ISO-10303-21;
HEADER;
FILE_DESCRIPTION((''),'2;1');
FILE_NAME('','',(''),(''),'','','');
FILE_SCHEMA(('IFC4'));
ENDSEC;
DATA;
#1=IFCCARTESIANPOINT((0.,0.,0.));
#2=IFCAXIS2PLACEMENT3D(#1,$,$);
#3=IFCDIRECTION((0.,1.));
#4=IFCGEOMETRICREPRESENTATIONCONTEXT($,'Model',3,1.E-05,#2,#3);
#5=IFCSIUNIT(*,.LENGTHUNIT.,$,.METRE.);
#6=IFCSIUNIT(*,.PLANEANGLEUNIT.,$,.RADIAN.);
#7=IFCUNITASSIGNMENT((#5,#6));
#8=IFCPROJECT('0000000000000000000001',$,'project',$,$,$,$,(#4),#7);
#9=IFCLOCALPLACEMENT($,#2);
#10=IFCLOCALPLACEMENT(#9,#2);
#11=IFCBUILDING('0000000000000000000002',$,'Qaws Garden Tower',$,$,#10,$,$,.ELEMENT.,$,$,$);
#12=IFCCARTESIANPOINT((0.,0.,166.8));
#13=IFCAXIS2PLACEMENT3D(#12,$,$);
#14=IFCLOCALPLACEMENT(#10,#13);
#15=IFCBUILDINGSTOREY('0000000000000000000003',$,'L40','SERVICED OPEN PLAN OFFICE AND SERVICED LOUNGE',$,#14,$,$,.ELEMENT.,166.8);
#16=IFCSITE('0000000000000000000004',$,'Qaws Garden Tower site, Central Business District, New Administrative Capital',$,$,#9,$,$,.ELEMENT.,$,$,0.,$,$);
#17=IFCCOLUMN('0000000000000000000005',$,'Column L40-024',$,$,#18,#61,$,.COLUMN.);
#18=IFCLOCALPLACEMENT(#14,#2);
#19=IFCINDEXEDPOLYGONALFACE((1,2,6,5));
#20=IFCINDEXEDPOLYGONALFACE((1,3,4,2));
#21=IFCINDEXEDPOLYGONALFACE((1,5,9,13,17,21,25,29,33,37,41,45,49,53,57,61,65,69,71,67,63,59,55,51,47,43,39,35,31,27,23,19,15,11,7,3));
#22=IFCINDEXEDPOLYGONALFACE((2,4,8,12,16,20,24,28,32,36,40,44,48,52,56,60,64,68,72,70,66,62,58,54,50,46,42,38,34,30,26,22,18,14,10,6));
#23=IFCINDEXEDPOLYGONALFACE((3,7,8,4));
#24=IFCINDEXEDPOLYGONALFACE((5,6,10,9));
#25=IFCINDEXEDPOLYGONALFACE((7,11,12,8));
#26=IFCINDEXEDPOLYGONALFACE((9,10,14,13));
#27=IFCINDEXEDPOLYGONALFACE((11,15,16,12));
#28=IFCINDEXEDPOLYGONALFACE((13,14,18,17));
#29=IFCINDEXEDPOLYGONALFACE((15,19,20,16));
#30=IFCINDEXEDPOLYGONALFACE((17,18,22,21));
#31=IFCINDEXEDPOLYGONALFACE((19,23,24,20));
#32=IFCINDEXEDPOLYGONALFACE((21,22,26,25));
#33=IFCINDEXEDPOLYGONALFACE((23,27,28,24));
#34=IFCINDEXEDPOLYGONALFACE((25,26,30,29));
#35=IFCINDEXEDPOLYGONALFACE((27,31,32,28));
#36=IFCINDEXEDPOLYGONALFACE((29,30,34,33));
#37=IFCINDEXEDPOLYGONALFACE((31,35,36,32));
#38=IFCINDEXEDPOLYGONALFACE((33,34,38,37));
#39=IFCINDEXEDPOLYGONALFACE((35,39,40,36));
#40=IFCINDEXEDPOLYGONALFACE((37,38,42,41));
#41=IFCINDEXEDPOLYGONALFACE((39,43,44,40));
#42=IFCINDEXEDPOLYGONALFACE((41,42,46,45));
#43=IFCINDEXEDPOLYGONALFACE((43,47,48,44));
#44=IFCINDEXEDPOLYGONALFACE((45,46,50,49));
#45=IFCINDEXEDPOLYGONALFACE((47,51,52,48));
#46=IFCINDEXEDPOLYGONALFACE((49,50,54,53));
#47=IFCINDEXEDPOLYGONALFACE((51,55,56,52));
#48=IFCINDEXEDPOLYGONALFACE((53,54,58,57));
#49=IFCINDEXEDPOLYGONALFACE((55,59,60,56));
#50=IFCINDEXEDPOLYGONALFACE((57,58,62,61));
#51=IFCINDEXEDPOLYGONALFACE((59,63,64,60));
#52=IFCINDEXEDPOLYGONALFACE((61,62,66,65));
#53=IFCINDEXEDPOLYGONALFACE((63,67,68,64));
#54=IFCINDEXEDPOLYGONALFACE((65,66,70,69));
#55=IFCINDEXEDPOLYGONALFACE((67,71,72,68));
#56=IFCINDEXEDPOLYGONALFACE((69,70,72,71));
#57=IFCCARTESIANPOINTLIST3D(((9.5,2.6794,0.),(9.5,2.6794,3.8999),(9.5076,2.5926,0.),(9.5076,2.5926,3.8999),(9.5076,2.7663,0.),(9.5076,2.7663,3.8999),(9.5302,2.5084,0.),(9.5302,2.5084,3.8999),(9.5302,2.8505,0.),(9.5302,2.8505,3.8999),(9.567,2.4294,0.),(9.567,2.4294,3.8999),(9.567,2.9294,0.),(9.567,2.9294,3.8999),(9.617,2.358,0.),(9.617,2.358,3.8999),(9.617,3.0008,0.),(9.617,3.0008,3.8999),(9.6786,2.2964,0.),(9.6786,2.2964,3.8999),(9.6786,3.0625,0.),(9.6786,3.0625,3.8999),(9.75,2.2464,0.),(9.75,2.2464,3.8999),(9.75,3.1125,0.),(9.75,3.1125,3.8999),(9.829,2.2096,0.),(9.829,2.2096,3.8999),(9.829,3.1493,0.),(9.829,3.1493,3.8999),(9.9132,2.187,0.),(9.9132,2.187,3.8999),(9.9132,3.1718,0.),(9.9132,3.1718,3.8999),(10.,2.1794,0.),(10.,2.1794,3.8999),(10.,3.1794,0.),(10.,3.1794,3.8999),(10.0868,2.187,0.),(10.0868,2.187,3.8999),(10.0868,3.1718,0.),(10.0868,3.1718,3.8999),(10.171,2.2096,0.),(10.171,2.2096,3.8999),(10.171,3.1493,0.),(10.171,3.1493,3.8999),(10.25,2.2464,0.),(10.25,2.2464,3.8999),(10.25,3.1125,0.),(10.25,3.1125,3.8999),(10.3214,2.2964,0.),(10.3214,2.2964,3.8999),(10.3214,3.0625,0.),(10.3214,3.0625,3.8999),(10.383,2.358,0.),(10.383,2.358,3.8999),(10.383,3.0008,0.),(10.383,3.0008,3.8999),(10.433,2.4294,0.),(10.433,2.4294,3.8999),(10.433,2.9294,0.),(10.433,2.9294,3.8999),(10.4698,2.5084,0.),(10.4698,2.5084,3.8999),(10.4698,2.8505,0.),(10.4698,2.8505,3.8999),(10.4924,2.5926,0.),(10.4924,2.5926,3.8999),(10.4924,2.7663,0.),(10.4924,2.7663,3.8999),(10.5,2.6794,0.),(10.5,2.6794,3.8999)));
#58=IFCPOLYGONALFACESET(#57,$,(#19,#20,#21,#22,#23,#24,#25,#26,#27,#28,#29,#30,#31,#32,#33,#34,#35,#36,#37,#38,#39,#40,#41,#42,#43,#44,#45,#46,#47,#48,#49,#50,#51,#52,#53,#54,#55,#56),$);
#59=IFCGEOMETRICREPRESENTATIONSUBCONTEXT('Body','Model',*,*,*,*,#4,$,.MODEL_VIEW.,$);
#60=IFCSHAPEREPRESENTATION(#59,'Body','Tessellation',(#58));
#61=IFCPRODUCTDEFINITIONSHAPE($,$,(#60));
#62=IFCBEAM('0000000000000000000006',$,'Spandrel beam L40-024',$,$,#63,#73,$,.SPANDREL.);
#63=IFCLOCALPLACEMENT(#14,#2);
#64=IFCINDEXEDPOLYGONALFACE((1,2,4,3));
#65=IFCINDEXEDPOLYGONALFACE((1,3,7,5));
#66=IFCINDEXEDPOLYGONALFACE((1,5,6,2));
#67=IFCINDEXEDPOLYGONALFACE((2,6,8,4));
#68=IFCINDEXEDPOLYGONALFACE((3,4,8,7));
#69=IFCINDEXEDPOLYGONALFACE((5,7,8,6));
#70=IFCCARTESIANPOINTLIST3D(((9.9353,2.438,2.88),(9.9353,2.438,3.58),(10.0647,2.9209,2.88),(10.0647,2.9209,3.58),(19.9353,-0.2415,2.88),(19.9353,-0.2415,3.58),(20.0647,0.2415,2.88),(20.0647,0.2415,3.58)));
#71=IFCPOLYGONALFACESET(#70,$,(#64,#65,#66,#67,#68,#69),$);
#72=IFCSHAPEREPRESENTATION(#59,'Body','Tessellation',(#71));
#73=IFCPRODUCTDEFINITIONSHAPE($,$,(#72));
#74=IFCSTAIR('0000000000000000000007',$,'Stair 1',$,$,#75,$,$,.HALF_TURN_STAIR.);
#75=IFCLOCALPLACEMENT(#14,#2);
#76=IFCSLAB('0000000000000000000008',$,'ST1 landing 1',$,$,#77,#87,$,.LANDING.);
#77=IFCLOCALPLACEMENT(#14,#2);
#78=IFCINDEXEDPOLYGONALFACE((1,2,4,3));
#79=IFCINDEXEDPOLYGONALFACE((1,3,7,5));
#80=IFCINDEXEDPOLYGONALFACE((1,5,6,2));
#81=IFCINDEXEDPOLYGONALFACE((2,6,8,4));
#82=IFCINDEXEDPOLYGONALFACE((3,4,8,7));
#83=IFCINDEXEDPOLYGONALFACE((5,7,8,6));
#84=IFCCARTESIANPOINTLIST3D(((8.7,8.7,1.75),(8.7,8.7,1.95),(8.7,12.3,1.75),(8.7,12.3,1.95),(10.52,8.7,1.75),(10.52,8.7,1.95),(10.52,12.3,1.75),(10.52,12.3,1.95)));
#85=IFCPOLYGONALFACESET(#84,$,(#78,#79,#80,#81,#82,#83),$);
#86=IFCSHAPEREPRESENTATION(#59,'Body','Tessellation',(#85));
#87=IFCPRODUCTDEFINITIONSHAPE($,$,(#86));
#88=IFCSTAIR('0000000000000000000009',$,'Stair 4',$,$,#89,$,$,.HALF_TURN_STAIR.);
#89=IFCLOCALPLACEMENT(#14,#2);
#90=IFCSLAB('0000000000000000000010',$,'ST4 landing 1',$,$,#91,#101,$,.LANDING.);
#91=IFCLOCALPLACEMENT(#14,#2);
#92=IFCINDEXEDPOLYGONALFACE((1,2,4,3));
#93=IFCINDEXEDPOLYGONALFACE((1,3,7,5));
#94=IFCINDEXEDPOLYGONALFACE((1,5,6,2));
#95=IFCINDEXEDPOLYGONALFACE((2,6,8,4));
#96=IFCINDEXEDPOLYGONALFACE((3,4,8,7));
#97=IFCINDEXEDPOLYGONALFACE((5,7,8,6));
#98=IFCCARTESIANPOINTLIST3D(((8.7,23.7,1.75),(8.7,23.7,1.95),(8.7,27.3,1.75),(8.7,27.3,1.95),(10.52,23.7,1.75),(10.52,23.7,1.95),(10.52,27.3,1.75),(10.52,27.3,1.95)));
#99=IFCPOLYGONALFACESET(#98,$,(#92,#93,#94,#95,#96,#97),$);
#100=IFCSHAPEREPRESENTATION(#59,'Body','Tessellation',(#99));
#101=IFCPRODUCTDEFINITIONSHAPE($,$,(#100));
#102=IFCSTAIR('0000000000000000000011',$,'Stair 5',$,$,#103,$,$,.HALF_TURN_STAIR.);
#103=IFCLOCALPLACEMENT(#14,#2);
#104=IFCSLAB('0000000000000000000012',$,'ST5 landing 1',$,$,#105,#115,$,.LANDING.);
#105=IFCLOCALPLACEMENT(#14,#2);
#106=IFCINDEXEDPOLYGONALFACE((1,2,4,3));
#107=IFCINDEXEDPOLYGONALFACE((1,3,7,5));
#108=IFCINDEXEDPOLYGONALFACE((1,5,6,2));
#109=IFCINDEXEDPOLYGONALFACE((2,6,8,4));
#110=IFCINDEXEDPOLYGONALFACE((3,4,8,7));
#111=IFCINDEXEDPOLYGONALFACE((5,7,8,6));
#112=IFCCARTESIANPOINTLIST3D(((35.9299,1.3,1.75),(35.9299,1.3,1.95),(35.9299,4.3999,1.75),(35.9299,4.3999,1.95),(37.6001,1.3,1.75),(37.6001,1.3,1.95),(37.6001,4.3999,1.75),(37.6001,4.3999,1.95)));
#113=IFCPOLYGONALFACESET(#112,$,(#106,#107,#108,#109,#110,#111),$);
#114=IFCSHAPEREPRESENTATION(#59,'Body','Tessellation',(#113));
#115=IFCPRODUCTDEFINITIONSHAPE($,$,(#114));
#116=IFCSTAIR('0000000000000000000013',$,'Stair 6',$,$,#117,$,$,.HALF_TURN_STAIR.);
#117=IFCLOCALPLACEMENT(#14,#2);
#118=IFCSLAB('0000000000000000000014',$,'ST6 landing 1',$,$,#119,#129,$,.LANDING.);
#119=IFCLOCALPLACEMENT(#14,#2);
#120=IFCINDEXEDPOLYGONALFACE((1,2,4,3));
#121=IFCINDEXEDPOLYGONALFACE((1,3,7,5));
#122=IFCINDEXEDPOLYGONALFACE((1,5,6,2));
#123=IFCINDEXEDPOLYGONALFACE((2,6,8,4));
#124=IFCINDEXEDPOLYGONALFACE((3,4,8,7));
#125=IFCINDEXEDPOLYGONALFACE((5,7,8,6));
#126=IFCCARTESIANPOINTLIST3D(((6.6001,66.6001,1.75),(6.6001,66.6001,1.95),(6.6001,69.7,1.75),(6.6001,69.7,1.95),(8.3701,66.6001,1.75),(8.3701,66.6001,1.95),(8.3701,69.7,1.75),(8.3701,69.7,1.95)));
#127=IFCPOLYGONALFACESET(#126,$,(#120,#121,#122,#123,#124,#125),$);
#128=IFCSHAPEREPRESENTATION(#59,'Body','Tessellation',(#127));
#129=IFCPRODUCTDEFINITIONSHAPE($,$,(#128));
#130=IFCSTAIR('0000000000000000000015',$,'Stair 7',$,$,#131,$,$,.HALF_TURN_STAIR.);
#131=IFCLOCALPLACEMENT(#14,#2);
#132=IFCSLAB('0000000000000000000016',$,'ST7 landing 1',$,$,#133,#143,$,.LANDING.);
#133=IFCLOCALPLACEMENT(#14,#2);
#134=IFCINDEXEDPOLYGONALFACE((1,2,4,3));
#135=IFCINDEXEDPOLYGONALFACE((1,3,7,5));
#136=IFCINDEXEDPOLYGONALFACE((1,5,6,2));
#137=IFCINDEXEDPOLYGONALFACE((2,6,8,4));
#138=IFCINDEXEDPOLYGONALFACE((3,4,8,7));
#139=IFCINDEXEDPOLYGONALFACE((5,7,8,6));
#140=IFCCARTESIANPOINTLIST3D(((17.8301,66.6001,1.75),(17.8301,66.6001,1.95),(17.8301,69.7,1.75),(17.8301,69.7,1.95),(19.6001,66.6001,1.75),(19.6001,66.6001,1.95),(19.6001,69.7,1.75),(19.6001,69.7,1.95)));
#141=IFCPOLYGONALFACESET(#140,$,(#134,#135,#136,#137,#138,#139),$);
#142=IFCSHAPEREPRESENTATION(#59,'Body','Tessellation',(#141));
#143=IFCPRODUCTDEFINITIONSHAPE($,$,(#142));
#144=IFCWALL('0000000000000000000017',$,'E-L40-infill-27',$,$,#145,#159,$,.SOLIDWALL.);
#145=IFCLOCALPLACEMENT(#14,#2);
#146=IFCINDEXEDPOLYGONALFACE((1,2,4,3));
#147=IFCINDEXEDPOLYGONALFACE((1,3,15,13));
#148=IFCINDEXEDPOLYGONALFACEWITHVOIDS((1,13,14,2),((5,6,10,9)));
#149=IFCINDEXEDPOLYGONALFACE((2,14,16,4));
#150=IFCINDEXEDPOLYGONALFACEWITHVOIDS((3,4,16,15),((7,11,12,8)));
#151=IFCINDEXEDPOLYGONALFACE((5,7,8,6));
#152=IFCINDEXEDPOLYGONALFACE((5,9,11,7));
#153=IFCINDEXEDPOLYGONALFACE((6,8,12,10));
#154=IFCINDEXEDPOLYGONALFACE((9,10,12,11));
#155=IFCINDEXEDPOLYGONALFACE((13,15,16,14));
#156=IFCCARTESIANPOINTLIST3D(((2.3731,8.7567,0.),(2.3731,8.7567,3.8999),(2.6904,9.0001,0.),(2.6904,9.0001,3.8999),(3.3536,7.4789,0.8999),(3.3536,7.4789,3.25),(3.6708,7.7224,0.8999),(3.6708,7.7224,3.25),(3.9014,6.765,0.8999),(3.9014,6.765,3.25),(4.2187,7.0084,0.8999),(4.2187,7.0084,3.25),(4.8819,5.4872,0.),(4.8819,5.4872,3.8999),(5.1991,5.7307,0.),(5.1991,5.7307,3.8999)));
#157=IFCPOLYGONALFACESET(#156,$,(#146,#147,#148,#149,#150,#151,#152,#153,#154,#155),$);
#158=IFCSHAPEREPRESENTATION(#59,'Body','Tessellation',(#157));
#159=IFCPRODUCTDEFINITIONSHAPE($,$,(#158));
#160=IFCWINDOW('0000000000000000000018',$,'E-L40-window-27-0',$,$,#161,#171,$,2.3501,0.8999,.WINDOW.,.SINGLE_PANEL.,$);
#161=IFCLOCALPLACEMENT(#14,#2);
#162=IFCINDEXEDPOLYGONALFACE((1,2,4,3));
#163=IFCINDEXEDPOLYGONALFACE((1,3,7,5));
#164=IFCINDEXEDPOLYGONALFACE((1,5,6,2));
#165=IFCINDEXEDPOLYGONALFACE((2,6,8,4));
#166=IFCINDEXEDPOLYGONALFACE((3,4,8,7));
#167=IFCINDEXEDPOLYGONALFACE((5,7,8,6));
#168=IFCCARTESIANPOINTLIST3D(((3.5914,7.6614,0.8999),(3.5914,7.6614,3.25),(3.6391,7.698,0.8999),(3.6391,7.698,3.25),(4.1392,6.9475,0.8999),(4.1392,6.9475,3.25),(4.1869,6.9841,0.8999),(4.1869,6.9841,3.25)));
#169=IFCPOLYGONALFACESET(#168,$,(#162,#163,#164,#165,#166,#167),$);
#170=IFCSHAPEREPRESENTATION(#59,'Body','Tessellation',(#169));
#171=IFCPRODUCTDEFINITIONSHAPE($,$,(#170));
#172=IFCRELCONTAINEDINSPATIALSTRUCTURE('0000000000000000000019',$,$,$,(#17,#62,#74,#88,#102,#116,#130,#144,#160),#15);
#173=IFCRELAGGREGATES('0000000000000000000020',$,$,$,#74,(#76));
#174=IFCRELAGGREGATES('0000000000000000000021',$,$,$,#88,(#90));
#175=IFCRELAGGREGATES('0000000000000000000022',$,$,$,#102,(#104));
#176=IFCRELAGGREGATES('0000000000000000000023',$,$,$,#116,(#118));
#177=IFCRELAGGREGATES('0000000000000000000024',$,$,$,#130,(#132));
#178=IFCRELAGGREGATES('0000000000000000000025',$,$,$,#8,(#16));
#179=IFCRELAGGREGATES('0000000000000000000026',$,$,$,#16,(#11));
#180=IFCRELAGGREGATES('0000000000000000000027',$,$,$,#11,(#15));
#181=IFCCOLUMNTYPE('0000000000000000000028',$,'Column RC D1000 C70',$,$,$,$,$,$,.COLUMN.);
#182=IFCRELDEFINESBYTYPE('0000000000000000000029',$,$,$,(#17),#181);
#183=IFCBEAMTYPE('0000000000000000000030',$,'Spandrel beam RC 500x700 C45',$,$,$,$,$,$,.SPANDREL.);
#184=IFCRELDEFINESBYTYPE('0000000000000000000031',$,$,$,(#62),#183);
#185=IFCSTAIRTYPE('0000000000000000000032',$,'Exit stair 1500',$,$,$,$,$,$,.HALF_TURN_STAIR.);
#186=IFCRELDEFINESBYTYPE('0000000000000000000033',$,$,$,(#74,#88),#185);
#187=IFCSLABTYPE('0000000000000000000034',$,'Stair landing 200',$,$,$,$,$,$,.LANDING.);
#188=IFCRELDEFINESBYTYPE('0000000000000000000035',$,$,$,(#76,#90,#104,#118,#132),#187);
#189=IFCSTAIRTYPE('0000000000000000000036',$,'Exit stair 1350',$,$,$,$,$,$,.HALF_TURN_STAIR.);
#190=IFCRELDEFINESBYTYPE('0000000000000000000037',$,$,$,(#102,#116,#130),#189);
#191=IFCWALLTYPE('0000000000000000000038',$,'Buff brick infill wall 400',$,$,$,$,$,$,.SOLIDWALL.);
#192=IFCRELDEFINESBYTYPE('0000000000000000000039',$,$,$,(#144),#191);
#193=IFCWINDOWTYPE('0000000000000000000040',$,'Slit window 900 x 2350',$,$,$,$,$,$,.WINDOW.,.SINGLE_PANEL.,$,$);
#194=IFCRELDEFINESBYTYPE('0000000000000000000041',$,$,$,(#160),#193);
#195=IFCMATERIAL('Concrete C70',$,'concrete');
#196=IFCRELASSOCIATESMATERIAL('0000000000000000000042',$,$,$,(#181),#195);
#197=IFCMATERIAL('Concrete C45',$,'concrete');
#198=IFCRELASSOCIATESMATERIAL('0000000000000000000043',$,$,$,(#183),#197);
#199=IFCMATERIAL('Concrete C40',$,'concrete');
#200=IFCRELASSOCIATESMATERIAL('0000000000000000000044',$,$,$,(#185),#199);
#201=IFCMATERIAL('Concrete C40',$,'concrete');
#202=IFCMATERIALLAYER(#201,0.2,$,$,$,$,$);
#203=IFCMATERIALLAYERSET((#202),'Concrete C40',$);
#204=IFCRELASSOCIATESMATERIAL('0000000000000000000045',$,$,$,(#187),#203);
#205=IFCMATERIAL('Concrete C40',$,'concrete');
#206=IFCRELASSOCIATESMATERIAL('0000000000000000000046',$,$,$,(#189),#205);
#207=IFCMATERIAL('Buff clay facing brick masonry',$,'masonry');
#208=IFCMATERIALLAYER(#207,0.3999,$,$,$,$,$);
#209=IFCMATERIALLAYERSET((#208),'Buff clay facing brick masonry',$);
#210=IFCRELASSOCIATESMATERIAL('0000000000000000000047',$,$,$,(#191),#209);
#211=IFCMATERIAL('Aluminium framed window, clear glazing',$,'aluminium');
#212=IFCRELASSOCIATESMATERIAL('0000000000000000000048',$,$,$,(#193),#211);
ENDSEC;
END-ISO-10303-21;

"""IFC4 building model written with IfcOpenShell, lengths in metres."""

from ifc_helpers import new_model, si_unit, direction, frame, frame_2d, origin, origin_2d, place, context, subcontext, project, spatial, polyline, rectangle, circle, outline, extrude, material, layer, layer_set, material_profile, profile_set, type_object, element, fill, aggregate, save


model = new_model("IFC4")

# Units and contexts
model_context = context("Model", 3, precision=1e-05, world=origin(), true_north=direction((0.0, 1.0)))
body_context = subcontext(model_context, "Body", "Model", "MODEL_VIEW")
ifc_project = project(units=[si_unit("LENGTHUNIT", "METRE"), si_unit("PLANEANGLEUNIT", "RADIAN")], contexts=[model_context])

# Site, building, storey
site_placement = place(None, origin())
site = spatial("IfcSite", under=ifc_project, at=site_placement, Name="Qaws Garden Tower site, Central Business District, New Administrative Capital", CompositionType="ELEMENT", RefElevation=0.0)
building_placement = place(site_placement, origin())
building = spatial("IfcBuilding", under=site, at=building_placement, Name="Qaws Garden Tower", CompositionType="ELEMENT")
storey_placement = place(building_placement, frame((0.0, 0.0, 166.8)))
storey = spatial("IfcBuildingStorey", under=building, at=storey_placement, Name="L40", Description="SERVICED OPEN PLAN OFFICE AND SERVICED LOUNGE", CompositionType="ELEMENT", Elevation=166.8)

# Column
ifc_material_1 = material(Name="Concrete C70", Category="concrete")
ifc_material_profile_1 = material_profile(ifc_material_1, circle(Radius=0.5, at=origin_2d()), Name="RC D1000")
ifc_profile_set_1 = profile_set([ifc_material_profile_1], Name="Concrete C70")
column_type = type_object("IfcColumnType", Name="Column RC D1000 C70", PredefinedType="COLUMN", material=ifc_profile_set_1)
column_placement = place(storey_placement, frame((10.0, 2.6794, 0.0), z_axis=(0.0, 0.0, 1.0), x_axis=(1.0, 0.0, 0.0)))
element("IfcColumn", 1, at=column_placement, inside=storey, type_object=column_type, Name="Column L40-024", PredefinedType="COLUMN", context=body_context, shape_type="SweptSolid", body=[
    extrude(circle(Radius=0.5, at=origin_2d()), origin(), (0.0, 0.0, 1.0), 3.8999),
])

# Beam
ifc_material_2 = material(Name="Concrete C45", Category="concrete")
ifc_material_profile_2 = material_profile(ifc_material_2, rectangle(XDim=0.5, YDim=0.7, at=origin_2d()), Name="RC 500x700")
ifc_profile_set_2 = profile_set([ifc_material_profile_2], Name="Concrete C45")
beam_type = type_object("IfcBeamType", Name="Spandrel beam RC 500x700 C45", PredefinedType="SPANDREL", material=ifc_profile_set_2)
beam_placement = place(storey_placement, frame((10.0, 2.6794, 3.23), z_axis=(0.965927, -0.258815, 0.0), x_axis=(0.258815, 0.965927, 0.0)))
element("IfcBeam", 2, at=beam_placement, inside=storey, type_object=beam_type, Name="Spandrel beam L40-024", PredefinedType="SPANDREL", context=body_context, shape_type="SweptSolid", body=[
    extrude(rectangle(XDim=0.5, YDim=0.7, at=origin_2d()), origin(), (0.0, 0.0, 1.0), 10.3528),
])

# Stairs, slabs
ifc_material_3 = material(Name="Concrete C40", Category="concrete")
stair_type_1 = type_object("IfcStairType", Name="Exit stair 1500", PredefinedType="HALF_TURN_STAIR", material=ifc_material_3)
placement_1 = place(storey_placement, origin())
stair_1 = element("IfcStair", 3, at=placement_1, inside=storey, type_object=stair_type_1, Name="Stair 1", PredefinedType="HALF_TURN_STAIR")
ifc_material_4 = material(Name="Concrete C40", Category="concrete")
ifc_layer_1 = layer(ifc_material_4, 0.2)
ifc_layer_set_1 = layer_set([ifc_layer_1], Name="Concrete C40")
slab_type = type_object("IfcSlabType", Name="Stair landing 200", PredefinedType="LANDING", material=ifc_layer_set_1)
placement_2 = place(storey_placement, frame((0.0, 0.0, 1.75)))
slab_1 = element("IfcSlab", 4, at=placement_2, type_object=slab_type, Name="ST1 landing 1", PredefinedType="LANDING", context=body_context, shape_type="SweptSolid", body=[
    extrude(outline(polyline([(8.7, 8.7), (10.52, 8.7), (10.52, 12.3), (8.7, 12.3), (8.7, 8.7)])), origin(), (0.0, 0.0, 1.0), 0.2),
])
aggregate(stair_1, [slab_1])
stair_2 = element("IfcStair", 5, at=placement_1, inside=storey, type_object=stair_type_1, Name="Stair 4", PredefinedType="HALF_TURN_STAIR")
slab_2 = element("IfcSlab", 6, at=placement_2, type_object=slab_type, Name="ST4 landing 1", PredefinedType="LANDING", context=body_context, shape_type="SweptSolid", body=[
    extrude(outline(polyline([(8.7, 23.7), (10.52, 23.7), (10.52, 27.3), (8.7, 27.3), (8.7, 23.7)])), origin(), (0.0, 0.0, 1.0), 0.2),
])
aggregate(stair_2, [slab_2])
ifc_material_5 = material(Name="Concrete C40", Category="concrete")
stair_type_2 = type_object("IfcStairType", Name="Exit stair 1350", PredefinedType="HALF_TURN_STAIR", material=ifc_material_5)
stair_3 = element("IfcStair", 7, at=placement_1, inside=storey, type_object=stair_type_2, Name="Stair 5", PredefinedType="HALF_TURN_STAIR")
slab_3 = element("IfcSlab", 8, at=placement_2, type_object=slab_type, Name="ST5 landing 1", PredefinedType="LANDING", context=body_context, shape_type="SweptSolid", body=[
    extrude(outline(polyline([(35.9299, 1.3), (37.6001, 1.3), (37.6001, 4.3999), (35.9299, 4.3999), (35.9299, 1.3)])), origin(), (0.0, 0.0, 1.0), 0.2),
])
aggregate(stair_3, [slab_3])
stair_4 = element("IfcStair", 9, at=placement_1, inside=storey, type_object=stair_type_2, Name="Stair 6", PredefinedType="HALF_TURN_STAIR")
slab_4 = element("IfcSlab", 10, at=placement_2, type_object=slab_type, Name="ST6 landing 1", PredefinedType="LANDING", context=body_context, shape_type="SweptSolid", body=[
    extrude(outline(polyline([(6.6001, 66.6001), (8.3701, 66.6001), (8.3701, 69.7), (6.6001, 69.7), (6.6001, 66.6001)])), origin(), (0.0, 0.0, 1.0), 0.2),
])
aggregate(stair_4, [slab_4])
stair_5 = element("IfcStair", 11, at=placement_1, inside=storey, type_object=stair_type_2, Name="Stair 7", PredefinedType="HALF_TURN_STAIR")
slab_5 = element("IfcSlab", 12, at=placement_2, type_object=slab_type, Name="ST7 landing 1", PredefinedType="LANDING", context=body_context, shape_type="SweptSolid", body=[
    extrude(outline(polyline([(17.8301, 66.6001), (19.6001, 66.6001), (19.6001, 69.7), (17.8301, 69.7), (17.8301, 66.6001)])), origin(), (0.0, 0.0, 1.0), 0.2),
])
aggregate(stair_5, [slab_5])

# Wall, opening, window
ifc_material_6 = material(Name="Buff clay facing brick masonry", Category="masonry")
ifc_layer_2 = layer(ifc_material_6, 0.3999)
ifc_layer_set_2 = layer_set([ifc_layer_2], Name="Buff clay facing brick masonry")
wall_type_1 = type_object("IfcWallType", Name="Buff brick infill wall 400", PredefinedType="SOLIDWALL", material=ifc_layer_set_2)
wall_1_placement = place(storey_placement, frame((2.5317, 8.8784, 0.0), z_axis=(0.0, 0.0, 1.0), x_axis=(0.60876, -0.793355, 0.0)))
wall_1 = element("IfcWall", 13, at=wall_1_placement, inside=storey, type_object=wall_type_1, Name="E-L40-infill-27", PredefinedType="SOLIDWALL", context=body_context, shape_type="SweptSolid", body=[
    extrude(rectangle(XDim=4.1211, YDim=0.3999, at=frame_2d((2.0605, 0.0))), origin(), (0.0, 0.0, 1.0), 3.8999),
])
opening_1_placement = place(wall_1_placement, frame((1.6106, 0.0, 0.8999)))
opening_1 = element("IfcOpeningElement", 14, at=opening_1_placement, cuts=wall_1, PredefinedType="OPENING", context=body_context, shape_type="SweptSolid", body=[
    extrude(rectangle(XDim=0.8999, YDim=2.3501, at=frame_2d((0.45, 1.175))), frame((0.0, 0.21, 0.0), z_axis=(0.0, -1.0, 0.0), x_axis=(1.0, 0.0, 0.0)), (0.0, 0.0, 1.0), 0.4199),
])
ifc_material_7 = material(Name="Aluminium framed window, clear glazing", Category="aluminium")
window_type = type_object("IfcWindowType", Name="Slit window 900 x 2350", PartitioningType="SINGLE_PANEL", PredefinedType="WINDOW", material=ifc_material_7)
window_1_placement = place(opening_1_placement, origin())
window_1 = element("IfcWindow", 15, at=window_1_placement, inside=storey, type_object=window_type, Name="E-L40-window-27-0", OverallHeight=2.3501, OverallWidth=0.8999, PartitioningType="SINGLE_PANEL", PredefinedType="WINDOW", context=body_context, shape_type="SweptSolid", body=[
    extrude(rectangle(XDim=0.8999, YDim=2.3501, at=frame_2d((0.45, 1.175))), frame((0.0, 0.1599, 0.0), z_axis=(0.0, -1.0, 0.0), x_axis=(1.0, 0.0, 0.0)), (0.0, 0.0, 1.0), 0.0601),
])
fill(opening_1, window_1)

save(model, "model.ifc")
